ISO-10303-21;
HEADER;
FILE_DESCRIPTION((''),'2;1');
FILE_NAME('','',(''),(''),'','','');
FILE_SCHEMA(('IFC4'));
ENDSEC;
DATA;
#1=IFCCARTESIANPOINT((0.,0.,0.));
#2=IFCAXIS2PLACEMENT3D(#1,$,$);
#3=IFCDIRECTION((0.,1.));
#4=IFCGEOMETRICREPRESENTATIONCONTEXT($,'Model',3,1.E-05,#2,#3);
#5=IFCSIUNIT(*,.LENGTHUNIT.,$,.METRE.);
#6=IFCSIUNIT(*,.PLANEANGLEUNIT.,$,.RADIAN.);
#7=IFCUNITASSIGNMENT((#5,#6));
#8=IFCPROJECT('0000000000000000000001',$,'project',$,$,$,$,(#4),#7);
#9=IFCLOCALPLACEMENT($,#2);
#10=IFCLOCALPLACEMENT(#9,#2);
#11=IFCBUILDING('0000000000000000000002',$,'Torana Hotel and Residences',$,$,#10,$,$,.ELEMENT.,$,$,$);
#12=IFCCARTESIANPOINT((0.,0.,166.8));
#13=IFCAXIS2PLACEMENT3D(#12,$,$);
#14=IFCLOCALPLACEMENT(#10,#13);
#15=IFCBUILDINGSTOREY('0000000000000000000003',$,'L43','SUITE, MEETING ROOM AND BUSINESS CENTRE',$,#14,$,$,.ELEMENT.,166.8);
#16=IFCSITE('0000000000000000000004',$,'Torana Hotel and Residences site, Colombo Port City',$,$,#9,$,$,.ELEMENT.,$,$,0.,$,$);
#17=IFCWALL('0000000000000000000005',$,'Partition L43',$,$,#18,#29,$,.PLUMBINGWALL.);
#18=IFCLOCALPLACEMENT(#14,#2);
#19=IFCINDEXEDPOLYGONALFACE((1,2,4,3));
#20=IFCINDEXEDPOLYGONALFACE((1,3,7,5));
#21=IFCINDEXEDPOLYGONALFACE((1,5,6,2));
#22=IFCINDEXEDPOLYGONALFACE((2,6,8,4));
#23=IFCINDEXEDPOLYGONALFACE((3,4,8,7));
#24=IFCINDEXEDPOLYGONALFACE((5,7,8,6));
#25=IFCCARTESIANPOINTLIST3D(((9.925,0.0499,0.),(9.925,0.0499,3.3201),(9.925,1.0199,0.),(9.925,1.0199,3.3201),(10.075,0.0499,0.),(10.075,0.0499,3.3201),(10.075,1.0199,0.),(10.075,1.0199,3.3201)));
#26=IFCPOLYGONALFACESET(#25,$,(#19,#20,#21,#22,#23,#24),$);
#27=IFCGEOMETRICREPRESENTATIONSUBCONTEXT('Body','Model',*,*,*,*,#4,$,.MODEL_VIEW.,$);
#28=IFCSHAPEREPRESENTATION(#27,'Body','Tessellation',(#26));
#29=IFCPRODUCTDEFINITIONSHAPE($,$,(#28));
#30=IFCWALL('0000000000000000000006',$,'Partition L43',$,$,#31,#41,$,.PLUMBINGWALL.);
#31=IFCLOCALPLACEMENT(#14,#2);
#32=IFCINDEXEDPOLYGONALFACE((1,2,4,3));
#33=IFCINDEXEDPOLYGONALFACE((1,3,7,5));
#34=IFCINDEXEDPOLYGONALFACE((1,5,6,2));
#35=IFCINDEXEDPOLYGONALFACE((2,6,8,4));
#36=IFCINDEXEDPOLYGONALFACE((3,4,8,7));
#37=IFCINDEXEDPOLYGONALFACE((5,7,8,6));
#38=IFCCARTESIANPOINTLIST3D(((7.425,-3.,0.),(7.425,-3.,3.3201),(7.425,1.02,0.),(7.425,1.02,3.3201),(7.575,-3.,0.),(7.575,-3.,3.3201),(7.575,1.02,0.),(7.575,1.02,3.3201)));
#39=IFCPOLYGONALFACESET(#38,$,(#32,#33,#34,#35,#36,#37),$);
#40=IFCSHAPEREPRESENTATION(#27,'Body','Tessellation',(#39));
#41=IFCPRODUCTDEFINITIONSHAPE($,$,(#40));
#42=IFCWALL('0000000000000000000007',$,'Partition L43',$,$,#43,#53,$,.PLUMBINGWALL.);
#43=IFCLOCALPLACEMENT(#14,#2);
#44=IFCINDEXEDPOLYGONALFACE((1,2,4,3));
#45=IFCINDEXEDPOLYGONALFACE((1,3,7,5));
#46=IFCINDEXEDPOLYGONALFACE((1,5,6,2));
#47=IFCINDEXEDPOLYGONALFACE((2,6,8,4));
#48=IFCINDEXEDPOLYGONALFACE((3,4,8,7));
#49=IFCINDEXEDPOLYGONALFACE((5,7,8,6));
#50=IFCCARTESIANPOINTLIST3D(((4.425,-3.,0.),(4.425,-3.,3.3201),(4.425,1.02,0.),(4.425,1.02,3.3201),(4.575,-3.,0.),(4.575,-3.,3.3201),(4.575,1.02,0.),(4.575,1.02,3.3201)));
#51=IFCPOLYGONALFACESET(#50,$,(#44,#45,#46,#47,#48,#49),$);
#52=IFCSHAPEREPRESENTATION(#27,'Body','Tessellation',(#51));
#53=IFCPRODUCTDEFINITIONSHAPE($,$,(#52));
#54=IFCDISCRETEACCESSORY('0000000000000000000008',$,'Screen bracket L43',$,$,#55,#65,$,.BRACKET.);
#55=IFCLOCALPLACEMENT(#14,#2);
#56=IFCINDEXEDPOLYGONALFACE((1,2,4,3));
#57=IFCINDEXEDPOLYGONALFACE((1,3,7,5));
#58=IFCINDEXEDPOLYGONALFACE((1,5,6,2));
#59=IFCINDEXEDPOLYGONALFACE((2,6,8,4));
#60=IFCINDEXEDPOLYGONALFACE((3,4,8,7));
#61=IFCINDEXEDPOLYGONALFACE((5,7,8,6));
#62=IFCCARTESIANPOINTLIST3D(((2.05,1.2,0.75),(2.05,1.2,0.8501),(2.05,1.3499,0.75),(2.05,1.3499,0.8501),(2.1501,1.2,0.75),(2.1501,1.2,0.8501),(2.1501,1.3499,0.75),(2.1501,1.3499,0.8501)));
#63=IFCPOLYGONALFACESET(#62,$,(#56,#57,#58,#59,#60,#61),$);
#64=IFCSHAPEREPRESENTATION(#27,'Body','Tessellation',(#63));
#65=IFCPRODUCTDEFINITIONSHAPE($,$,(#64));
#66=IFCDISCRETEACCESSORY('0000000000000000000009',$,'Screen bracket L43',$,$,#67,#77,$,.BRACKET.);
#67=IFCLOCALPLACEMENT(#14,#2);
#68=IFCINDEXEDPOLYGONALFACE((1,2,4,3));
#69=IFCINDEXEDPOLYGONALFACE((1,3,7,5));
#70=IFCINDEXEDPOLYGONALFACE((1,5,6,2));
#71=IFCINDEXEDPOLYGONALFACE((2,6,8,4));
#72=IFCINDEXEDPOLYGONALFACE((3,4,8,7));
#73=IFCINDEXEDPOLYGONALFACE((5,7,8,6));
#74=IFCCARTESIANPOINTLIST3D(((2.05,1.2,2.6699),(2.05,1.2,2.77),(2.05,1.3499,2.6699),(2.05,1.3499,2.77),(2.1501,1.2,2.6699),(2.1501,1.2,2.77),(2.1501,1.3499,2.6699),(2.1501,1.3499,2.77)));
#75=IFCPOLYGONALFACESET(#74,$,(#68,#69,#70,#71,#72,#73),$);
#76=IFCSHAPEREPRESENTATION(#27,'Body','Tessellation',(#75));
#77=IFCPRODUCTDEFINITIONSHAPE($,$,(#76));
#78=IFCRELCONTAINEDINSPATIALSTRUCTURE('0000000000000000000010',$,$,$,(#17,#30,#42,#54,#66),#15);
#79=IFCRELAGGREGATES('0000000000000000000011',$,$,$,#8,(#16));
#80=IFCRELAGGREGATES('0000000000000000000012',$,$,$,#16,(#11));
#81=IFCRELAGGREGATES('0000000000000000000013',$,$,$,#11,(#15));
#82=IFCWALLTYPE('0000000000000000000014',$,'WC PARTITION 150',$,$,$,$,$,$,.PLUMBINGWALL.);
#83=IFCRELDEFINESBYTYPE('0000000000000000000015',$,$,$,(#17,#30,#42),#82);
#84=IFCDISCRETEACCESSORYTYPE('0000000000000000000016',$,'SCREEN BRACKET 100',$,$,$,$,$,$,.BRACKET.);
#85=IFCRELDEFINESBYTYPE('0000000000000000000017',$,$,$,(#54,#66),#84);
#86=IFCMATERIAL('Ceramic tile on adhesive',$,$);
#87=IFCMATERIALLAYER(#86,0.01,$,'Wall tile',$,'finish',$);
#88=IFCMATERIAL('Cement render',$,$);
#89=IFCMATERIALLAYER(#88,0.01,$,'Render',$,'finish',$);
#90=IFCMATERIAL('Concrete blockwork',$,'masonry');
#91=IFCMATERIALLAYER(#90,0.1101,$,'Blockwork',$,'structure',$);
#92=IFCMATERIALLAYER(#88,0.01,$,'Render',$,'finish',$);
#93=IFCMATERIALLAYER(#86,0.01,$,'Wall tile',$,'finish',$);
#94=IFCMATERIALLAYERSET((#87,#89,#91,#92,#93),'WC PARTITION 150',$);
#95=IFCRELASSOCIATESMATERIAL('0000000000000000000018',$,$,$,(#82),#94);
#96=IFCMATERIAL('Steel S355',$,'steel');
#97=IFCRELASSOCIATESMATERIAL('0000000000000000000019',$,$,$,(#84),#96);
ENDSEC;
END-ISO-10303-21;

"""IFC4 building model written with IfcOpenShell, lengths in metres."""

from ifc_helpers import new_model, si_unit, direction, frame, frame_2d, origin, origin_2d, place, context, subcontext, project, spatial, rectangle, extrude, material, layer, layer_set, type_object, element, save


model = new_model("IFC4")

# Units and contexts
model_context = context("Model", 3, precision=1e-05, world=origin(), true_north=direction((0.0, 1.0)))
body_context = subcontext(model_context, "Body", "Model", "MODEL_VIEW")
ifc_project = project(units=[si_unit("LENGTHUNIT", "METRE"), si_unit("PLANEANGLEUNIT", "RADIAN")], contexts=[model_context])

# Site, building, storey
site_placement = place(None, origin())
site = spatial("IfcSite", under=ifc_project, at=site_placement, Name="Torana Hotel and Residences site, Colombo Port City", CompositionType="ELEMENT", RefElevation=0.0)
building_placement = place(site_placement, origin())
building = spatial("IfcBuilding", under=site, at=building_placement, Name="Torana Hotel and Residences", CompositionType="ELEMENT")
storey_placement = place(building_placement, frame((0.0, 0.0, 166.8)))
storey = spatial("IfcBuildingStorey", under=building, at=storey_placement, Name="L43", Description="SUITE, MEETING ROOM AND BUSINESS CENTRE", CompositionType="ELEMENT", Elevation=166.8)

# Walls
ifc_material_1 = material(Name="Ceramic tile on adhesive")
ifc_layer_1 = layer(ifc_material_1, 0.01, Name="Wall tile", Category="finish")
ifc_material_2 = material(Name="Cement render")
ifc_layer_2 = layer(ifc_material_2, 0.01, Name="Render", Category="finish")
ifc_material_3 = material(Name="Concrete blockwork", Category="masonry")
ifc_layer_3 = layer(ifc_material_3, 0.1101, Name="Blockwork", Category="structure")
ifc_layer_4 = layer(ifc_material_2, 0.01, Name="Render", Category="finish")
ifc_layer_5 = layer(ifc_material_1, 0.01, Name="Wall tile", Category="finish")
ifc_layer_set_1 = layer_set([ifc_layer_1, ifc_layer_2, ifc_layer_3, ifc_layer_4, ifc_layer_5], Name="WC PARTITION 150")
wall_type_1 = type_object("IfcWallType", Name="WC PARTITION 150", PredefinedType="PLUMBINGWALL", material=ifc_layer_set_1)
wall_1_placement = place(storey_placement, frame((10.0, 0.05, 0.0), z_axis=(0.0, 0.0, 1.0), x_axis=(0.0, 1.0, 0.0)))
element("IfcWall", 1, at=wall_1_placement, inside=storey, type_object=wall_type_1, Name="Partition L43", PredefinedType="PLUMBINGWALL", context=body_context, shape_type="SweptSolid", body=[
    extrude(rectangle(XDim=0.97, YDim=0.1499, at=frame_2d((0.4849, 0.0))), origin(), (0.0, 0.0, 1.0), 3.3201),
])
for number, where, z_axis, x_axis, name in (
    (2, (7.5, -3.0, 0.0), (0.0, 0.0, 1.0), (0.0, 1.0, 0.0), "Partition L43"),
    (3, (4.5, -3.0, 0.0), (0.0, 0.0, 1.0), (0.0, 1.0, 0.0), "Partition L43"),
):
    element("IfcWall", number, at=place(storey_placement, frame(where, z_axis=z_axis, x_axis=x_axis)), inside=storey, type_object=wall_type_1, Name=name, PredefinedType="PLUMBINGWALL", context=body_context, shape_type="SweptSolid", body=[
        extrude(rectangle(XDim=4.02, YDim=0.1499, at=frame_2d((2.01, 0.0))), origin(), (0.0, 0.0, 1.0), 3.3201),
    ])

# Discrete accessories
ifc_material_4 = material(Name="Steel S355", Category="steel")
discrete_accessory_type = type_object("IfcDiscreteAccessoryType", Name="SCREEN BRACKET 100", PredefinedType="BRACKET", material=ifc_material_4)
for number, where, z_axis, x_axis, name in (
    (4, (2.1001, 1.2749, 0.75), (0.0, 0.0, 1.0), (-1.0, 0.0, 0.0), "Screen bracket L43"),
    (5, (2.1001, 1.2749, 2.6699), (0.0, 0.0, 1.0), (-1.0, 0.0, 0.0), "Screen bracket L43"),
):
    element("IfcDiscreteAccessory", number, at=place(storey_placement, frame(where, z_axis=z_axis, x_axis=x_axis)), inside=storey, type_object=discrete_accessory_type, Name=name, PredefinedType="BRACKET", context=body_context, shape_type="SweptSolid", body=[
        extrude(rectangle(XDim=0.1001, YDim=0.1499, at=origin_2d()), origin(), (0.0, 0.0, 1.0), 0.1001),
    ])

save(model, "model.ifc")
